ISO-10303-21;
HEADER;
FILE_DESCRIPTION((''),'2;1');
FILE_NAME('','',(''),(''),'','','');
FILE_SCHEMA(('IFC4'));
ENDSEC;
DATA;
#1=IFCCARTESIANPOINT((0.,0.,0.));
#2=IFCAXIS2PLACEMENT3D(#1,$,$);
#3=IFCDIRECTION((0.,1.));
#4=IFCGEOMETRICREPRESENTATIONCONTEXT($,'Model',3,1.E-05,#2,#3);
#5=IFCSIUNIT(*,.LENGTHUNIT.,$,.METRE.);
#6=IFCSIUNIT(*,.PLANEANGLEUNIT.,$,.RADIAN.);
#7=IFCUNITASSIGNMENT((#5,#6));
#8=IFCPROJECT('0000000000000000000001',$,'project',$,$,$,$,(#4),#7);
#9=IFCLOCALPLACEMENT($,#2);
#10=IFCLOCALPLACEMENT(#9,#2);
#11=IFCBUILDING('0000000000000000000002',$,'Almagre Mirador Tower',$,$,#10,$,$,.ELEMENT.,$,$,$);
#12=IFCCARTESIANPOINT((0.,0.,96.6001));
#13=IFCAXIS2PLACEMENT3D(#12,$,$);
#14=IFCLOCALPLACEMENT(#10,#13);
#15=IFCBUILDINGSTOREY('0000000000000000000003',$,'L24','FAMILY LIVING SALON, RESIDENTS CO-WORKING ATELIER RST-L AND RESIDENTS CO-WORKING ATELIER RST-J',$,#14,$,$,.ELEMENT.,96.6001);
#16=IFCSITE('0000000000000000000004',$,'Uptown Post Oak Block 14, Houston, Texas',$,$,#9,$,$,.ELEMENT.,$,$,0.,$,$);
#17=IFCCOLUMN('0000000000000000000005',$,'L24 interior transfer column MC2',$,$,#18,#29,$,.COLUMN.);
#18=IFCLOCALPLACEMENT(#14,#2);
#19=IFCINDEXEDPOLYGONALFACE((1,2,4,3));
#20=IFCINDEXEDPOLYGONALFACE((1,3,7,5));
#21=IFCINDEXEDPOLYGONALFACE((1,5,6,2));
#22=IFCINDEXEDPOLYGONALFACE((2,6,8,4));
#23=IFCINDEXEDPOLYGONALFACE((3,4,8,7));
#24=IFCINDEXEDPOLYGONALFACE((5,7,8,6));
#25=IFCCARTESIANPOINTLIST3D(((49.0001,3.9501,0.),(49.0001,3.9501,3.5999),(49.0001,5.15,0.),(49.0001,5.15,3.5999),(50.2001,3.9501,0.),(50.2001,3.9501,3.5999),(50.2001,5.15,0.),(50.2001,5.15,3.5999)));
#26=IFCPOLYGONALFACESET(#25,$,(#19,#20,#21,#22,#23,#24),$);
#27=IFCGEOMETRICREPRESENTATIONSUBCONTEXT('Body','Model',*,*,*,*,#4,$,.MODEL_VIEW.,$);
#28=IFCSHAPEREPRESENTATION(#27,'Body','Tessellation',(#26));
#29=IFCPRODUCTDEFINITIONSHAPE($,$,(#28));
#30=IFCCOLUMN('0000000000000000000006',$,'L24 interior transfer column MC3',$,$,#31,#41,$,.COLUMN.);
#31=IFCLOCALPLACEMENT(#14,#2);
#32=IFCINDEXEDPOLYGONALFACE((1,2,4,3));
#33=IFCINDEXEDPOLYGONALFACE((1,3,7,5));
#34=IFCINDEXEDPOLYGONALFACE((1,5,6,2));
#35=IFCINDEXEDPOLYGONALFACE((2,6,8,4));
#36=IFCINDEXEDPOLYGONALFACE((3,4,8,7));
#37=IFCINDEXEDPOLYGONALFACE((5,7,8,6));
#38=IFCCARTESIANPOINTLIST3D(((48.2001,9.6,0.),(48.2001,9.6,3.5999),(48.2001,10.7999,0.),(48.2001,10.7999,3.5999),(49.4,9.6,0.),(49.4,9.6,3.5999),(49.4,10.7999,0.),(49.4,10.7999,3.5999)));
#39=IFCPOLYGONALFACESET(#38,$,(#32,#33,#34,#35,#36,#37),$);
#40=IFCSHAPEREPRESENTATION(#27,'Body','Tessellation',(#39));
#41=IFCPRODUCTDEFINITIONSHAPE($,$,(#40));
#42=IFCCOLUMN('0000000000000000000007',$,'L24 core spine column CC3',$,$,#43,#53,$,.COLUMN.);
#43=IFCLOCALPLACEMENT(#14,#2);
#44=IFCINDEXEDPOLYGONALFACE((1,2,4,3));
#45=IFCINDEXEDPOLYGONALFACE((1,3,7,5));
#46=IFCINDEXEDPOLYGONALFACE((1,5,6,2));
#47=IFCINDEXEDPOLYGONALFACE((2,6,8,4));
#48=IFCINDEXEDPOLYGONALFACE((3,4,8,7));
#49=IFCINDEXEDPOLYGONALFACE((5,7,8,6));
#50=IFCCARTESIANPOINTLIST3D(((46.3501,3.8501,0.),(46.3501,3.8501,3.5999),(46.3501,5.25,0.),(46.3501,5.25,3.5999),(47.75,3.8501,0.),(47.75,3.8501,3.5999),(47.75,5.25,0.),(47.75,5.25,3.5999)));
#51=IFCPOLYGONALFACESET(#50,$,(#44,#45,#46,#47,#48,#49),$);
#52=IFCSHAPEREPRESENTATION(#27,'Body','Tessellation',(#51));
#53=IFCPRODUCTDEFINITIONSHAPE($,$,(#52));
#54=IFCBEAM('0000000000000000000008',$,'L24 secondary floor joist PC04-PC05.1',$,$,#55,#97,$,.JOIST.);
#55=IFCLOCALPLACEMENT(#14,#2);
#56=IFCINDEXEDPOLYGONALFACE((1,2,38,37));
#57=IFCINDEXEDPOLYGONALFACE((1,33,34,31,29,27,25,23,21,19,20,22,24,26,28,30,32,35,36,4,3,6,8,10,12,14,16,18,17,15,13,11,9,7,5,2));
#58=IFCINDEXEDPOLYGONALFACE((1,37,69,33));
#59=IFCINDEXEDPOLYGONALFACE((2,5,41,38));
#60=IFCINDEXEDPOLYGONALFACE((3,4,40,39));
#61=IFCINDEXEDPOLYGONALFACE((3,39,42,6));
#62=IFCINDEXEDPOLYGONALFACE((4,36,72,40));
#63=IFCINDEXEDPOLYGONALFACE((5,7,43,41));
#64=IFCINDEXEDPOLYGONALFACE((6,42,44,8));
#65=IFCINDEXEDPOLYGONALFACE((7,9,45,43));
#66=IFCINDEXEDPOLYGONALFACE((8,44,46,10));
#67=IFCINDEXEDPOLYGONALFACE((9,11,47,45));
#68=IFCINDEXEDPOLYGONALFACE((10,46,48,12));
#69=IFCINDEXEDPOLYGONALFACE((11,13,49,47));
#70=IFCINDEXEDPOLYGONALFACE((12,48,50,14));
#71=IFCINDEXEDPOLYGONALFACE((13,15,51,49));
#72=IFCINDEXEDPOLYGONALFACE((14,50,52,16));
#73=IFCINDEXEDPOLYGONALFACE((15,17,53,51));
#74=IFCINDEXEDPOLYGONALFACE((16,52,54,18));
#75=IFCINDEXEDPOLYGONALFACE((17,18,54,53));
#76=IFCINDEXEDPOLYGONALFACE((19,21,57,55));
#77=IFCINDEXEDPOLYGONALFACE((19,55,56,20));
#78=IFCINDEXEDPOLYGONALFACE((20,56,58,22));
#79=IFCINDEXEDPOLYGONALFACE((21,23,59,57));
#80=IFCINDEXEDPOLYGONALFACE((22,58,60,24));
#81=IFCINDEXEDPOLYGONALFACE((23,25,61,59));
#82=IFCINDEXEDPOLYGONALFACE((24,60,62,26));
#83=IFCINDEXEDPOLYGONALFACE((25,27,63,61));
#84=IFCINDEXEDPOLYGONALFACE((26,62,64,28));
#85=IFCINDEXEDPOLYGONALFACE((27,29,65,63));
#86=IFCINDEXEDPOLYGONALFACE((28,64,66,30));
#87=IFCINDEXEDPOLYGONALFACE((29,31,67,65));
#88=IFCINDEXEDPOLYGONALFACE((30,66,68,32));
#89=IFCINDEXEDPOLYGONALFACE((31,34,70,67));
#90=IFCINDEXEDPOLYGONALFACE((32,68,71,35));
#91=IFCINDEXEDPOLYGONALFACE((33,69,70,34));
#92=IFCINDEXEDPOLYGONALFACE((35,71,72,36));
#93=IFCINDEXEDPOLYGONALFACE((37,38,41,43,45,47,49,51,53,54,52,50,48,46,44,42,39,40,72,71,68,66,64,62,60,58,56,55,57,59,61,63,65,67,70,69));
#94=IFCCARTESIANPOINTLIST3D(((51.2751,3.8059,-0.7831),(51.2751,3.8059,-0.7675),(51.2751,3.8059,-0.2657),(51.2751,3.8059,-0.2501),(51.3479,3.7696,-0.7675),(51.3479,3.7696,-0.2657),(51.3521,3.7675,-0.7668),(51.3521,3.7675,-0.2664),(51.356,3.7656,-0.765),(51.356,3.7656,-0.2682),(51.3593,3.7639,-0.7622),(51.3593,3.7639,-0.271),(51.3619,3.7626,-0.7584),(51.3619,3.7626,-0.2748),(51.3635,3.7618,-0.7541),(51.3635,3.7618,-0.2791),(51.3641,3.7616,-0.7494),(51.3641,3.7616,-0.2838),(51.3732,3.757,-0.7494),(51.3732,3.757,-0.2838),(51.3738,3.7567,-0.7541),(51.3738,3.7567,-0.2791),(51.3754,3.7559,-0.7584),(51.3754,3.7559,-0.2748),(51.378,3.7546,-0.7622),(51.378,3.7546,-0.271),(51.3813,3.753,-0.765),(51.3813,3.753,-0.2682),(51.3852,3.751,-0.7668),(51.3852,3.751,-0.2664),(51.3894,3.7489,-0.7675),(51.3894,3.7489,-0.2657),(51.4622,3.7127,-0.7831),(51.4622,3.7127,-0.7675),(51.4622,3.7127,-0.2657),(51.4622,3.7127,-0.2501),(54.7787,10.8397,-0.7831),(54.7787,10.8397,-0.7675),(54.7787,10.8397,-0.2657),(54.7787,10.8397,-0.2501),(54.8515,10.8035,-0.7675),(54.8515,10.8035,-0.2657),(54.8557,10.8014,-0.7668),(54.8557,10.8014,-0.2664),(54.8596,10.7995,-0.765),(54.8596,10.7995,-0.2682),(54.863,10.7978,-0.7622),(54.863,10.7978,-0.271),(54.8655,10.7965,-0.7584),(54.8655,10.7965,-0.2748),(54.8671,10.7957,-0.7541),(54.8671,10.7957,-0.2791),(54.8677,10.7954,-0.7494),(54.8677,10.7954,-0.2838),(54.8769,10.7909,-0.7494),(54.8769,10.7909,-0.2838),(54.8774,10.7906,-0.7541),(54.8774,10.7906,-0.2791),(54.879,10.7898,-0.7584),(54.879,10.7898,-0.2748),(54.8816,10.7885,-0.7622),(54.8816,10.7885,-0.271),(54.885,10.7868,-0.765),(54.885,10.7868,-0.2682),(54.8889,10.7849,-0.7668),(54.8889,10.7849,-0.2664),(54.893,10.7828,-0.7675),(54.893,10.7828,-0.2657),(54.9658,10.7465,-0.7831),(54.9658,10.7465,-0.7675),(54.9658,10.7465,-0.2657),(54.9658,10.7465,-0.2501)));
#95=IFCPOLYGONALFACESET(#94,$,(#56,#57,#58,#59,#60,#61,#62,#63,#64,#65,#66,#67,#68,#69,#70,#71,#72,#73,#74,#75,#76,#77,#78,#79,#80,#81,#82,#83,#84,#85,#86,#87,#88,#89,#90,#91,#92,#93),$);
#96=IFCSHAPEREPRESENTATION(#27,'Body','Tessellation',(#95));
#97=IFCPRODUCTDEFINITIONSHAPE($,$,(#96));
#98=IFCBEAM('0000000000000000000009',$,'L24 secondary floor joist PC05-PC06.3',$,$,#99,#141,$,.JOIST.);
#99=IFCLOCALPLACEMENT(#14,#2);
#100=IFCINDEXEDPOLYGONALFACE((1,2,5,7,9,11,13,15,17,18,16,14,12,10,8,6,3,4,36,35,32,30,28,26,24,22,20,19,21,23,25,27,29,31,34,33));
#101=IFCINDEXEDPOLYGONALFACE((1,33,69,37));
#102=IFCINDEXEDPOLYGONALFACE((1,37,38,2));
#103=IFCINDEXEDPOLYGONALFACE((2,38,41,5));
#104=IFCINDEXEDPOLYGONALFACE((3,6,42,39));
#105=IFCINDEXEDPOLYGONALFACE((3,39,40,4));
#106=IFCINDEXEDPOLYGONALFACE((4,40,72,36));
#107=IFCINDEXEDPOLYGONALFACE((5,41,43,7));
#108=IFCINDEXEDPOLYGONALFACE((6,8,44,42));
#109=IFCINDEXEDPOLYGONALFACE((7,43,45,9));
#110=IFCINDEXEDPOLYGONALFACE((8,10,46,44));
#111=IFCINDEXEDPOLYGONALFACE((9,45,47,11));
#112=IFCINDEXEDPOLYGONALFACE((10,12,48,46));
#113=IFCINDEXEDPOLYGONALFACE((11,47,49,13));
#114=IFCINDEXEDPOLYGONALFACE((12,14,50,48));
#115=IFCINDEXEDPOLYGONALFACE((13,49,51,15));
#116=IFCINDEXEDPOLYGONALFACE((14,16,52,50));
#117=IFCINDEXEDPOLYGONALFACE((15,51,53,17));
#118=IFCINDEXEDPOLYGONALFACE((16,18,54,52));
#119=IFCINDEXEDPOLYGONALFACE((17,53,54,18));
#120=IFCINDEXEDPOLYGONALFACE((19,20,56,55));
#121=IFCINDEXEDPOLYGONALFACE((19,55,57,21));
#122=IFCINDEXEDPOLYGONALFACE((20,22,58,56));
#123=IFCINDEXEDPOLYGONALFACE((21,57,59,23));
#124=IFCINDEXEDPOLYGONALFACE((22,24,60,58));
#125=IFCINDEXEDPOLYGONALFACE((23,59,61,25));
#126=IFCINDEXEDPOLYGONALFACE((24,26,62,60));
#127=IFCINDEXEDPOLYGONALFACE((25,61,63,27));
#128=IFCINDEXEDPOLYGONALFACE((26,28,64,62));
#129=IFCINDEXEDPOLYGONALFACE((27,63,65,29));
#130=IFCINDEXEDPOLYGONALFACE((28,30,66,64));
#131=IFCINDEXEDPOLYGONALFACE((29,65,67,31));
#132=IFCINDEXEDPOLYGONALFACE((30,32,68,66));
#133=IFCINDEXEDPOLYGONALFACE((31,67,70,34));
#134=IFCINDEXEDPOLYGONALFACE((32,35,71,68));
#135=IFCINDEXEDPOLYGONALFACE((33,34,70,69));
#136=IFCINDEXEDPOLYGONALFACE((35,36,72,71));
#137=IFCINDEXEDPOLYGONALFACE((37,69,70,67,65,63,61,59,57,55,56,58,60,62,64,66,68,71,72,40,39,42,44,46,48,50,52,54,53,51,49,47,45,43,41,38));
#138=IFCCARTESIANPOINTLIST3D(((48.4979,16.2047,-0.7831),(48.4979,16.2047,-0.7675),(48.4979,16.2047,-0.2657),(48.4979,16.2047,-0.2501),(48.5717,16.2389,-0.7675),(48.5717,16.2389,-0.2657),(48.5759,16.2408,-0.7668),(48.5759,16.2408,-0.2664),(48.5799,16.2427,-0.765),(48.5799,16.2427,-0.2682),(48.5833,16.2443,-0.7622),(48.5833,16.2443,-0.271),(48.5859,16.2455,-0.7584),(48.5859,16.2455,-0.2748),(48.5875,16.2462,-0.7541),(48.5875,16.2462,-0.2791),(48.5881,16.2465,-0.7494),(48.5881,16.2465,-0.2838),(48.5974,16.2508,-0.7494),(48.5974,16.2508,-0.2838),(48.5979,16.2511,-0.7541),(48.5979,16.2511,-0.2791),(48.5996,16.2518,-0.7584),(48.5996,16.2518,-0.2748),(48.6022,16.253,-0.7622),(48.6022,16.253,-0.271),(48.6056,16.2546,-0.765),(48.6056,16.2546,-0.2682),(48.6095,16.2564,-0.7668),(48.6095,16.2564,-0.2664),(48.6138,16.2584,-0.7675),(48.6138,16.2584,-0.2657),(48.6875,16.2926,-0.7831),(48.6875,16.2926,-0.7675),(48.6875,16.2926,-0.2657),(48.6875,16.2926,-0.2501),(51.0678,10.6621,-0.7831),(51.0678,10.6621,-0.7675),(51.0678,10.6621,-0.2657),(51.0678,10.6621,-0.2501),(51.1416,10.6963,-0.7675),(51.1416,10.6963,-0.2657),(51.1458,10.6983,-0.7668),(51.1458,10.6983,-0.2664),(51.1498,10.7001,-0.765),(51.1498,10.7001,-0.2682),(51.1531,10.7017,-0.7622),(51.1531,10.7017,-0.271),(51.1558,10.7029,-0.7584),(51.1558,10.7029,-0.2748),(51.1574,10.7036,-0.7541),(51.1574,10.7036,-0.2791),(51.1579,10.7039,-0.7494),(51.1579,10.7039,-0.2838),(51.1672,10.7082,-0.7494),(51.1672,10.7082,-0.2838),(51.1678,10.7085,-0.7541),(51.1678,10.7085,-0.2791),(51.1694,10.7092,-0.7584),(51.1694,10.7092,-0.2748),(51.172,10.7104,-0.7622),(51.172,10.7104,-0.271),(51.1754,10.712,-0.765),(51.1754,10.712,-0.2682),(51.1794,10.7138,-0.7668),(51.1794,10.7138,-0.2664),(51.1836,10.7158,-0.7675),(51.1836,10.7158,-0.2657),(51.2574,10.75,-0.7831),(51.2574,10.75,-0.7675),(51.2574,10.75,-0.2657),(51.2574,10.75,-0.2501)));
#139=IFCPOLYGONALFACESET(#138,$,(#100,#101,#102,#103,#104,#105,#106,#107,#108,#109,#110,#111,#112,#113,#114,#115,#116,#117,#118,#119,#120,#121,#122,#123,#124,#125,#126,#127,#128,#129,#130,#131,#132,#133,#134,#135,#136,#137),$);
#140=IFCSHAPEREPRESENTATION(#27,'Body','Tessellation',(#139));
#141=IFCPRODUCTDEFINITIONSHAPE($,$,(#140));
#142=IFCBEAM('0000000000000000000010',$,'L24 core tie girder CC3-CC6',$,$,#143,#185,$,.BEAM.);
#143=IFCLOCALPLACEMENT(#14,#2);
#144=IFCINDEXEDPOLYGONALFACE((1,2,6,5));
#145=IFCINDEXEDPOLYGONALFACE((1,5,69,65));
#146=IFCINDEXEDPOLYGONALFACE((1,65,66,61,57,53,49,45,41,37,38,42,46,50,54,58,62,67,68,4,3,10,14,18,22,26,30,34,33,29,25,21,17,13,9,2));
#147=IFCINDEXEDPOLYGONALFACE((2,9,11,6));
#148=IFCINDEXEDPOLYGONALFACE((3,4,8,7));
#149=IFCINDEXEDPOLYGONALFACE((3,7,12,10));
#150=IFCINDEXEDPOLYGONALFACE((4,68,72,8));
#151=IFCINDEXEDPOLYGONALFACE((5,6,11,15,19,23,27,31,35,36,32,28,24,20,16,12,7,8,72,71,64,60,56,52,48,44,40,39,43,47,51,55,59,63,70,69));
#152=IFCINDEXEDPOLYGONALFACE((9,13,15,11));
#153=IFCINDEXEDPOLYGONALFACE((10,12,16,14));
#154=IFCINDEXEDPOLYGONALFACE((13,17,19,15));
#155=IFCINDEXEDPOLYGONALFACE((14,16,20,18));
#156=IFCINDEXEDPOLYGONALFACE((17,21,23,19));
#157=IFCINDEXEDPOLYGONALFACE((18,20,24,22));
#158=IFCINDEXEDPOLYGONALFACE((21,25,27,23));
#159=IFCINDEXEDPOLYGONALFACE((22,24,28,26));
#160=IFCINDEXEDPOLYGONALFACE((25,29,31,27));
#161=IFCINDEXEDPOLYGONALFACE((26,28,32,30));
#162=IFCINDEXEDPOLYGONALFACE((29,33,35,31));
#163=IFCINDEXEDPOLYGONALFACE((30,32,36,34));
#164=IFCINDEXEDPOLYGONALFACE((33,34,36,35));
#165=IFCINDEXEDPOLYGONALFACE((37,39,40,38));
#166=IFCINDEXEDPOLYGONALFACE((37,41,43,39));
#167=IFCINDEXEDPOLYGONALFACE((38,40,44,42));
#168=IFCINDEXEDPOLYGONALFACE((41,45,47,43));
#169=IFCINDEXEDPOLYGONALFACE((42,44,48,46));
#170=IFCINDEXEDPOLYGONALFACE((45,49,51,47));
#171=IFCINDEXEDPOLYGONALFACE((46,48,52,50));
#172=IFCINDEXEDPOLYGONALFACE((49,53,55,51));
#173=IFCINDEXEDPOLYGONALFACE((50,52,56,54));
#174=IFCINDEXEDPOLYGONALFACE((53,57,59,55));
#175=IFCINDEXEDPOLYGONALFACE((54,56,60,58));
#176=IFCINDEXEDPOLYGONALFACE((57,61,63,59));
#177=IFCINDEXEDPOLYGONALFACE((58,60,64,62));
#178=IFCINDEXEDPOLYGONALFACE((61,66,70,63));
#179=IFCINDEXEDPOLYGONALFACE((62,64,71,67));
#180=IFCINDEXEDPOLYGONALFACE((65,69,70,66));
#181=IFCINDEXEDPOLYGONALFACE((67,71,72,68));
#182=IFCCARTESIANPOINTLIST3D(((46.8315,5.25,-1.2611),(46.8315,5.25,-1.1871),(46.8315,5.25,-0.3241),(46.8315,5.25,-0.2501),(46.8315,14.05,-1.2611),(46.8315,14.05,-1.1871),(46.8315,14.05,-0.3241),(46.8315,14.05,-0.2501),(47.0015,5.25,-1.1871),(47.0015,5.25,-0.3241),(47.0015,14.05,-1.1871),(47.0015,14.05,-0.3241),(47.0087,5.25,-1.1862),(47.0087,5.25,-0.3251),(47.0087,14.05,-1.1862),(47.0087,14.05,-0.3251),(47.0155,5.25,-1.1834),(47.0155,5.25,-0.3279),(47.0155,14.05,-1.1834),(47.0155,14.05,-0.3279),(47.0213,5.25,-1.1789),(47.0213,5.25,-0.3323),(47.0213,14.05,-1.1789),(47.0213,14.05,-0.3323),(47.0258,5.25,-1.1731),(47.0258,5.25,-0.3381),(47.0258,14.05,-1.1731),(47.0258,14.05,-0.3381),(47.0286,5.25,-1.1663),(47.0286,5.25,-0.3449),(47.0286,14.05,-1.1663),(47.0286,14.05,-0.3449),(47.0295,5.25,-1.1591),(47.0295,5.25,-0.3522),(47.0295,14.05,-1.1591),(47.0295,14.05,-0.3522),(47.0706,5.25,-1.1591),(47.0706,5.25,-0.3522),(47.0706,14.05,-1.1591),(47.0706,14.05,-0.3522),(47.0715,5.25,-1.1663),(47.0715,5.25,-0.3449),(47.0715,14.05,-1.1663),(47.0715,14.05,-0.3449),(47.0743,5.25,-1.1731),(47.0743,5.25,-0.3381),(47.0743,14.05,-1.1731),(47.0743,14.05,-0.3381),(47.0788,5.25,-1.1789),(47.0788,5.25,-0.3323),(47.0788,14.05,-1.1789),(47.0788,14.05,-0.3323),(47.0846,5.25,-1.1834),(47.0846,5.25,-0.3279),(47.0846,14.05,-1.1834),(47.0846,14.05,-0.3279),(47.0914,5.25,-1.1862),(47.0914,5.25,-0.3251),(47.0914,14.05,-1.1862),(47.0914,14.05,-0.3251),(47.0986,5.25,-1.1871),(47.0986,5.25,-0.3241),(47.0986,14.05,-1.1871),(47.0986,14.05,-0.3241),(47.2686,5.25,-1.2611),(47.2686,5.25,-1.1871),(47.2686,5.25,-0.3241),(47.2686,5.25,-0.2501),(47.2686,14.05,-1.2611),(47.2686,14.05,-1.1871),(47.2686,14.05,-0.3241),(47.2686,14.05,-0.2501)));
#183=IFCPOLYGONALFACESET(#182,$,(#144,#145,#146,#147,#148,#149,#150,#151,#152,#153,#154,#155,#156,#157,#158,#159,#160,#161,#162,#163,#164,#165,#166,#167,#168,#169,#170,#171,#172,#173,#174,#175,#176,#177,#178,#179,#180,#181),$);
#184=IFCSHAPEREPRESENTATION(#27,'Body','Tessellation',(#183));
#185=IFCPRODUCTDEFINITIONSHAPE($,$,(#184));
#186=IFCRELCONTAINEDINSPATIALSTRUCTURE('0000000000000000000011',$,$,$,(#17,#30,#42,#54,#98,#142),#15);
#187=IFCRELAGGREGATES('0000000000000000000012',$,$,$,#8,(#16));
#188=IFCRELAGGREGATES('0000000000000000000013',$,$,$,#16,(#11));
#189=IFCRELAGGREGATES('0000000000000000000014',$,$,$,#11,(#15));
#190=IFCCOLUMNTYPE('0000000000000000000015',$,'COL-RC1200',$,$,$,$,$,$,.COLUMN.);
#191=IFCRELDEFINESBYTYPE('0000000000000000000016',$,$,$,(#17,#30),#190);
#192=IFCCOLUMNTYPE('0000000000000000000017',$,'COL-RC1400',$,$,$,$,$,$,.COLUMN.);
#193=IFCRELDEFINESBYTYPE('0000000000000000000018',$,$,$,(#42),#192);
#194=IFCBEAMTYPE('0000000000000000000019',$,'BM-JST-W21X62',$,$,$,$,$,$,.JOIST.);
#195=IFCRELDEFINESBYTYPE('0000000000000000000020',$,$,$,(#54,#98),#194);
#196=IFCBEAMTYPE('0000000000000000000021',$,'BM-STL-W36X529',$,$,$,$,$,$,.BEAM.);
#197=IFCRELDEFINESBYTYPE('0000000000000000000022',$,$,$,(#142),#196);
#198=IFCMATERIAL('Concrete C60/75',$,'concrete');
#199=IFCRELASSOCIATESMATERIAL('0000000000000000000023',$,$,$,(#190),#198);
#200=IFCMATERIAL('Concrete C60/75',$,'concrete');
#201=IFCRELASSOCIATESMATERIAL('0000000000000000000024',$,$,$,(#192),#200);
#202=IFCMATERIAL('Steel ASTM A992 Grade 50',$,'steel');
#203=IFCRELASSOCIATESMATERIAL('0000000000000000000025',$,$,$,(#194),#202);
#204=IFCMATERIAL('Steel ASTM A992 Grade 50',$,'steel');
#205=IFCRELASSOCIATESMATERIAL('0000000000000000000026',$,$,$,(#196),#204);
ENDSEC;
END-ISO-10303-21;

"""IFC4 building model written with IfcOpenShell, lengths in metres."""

from ifc_helpers import new_model, si_unit, direction, frame, origin, origin_2d, place, context, subcontext, project, spatial, rectangle, i_section, extrude, material, material_profile, profile_set, type_object, element, save


model = new_model("IFC4")

# Units and contexts
model_context = context("Model", 3, precision=1e-05, world=origin(), true_north=direction((0.0, 1.0)))
body_context = subcontext(model_context, "Body", "Model", "MODEL_VIEW")
ifc_project = project(units=[si_unit("LENGTHUNIT", "METRE"), si_unit("PLANEANGLEUNIT", "RADIAN")], contexts=[model_context])

# Site, building, storey
site_placement = place(None, origin())
site = spatial("IfcSite", under=ifc_project, at=site_placement, Name="Uptown Post Oak Block 14, Houston, Texas", CompositionType="ELEMENT", RefElevation=0.0)
building_placement = place(site_placement, origin())
building = spatial("IfcBuilding", under=site, at=building_placement, Name="Almagre Mirador Tower", CompositionType="ELEMENT")
storey_placement = place(building_placement, frame((0.0, 0.0, 96.6001)))
storey = spatial("IfcBuildingStorey", under=building, at=storey_placement, Name="L24", Description="FAMILY LIVING SALON, RESIDENTS CO-WORKING ATELIER RST-L AND RESIDENTS CO-WORKING ATELIER RST-J", CompositionType="ELEMENT", Elevation=96.6001)

# Columns
ifc_material_1 = material(Name="Concrete C60/75", Category="concrete")
ifc_material_profile_1 = material_profile(ifc_material_1, rectangle(XDim=1.2, YDim=1.2, at=origin_2d()), Name="RC1200X1200")
ifc_profile_set_1 = profile_set([ifc_material_profile_1], Name="Concrete C60/75")
column_type_1 = type_object("IfcColumnType", Name="COL-RC1200", PredefinedType="COLUMN", material=ifc_profile_set_1)
for number, where, z_axis, x_axis, name in (
    (1, (49.6001, 4.55, 0.0), (0.0, 0.0, 1.0), (1.0, 0.0, 0.0), "L24 interior transfer column MC2"),
    (2, (48.8, 10.2, 0.0), (0.0, 0.0, 1.0), (1.0, 0.0, 0.0), "L24 interior transfer column MC3"),
):
    element("IfcColumn", number, at=place(storey_placement, frame(where, z_axis=z_axis, x_axis=x_axis)), inside=storey, type_object=column_type_1, Name=name, PredefinedType="COLUMN", context=body_context, shape_type="SweptSolid", body=[
        extrude(rectangle(XDim=1.2, YDim=1.2, at=origin_2d()), origin(), (0.0, 0.0, 1.0), 3.5999),
    ])
ifc_material_2 = material(Name="Concrete C60/75", Category="concrete")
ifc_material_profile_2 = material_profile(ifc_material_2, rectangle(XDim=1.3999, YDim=1.3999, at=origin_2d()), Name="RC1400X1400")
ifc_profile_set_2 = profile_set([ifc_material_profile_2], Name="Concrete C60/75")
column_type_2 = type_object("IfcColumnType", Name="COL-RC1400", PredefinedType="COLUMN", material=ifc_profile_set_2)
column_placement = place(storey_placement, frame((47.05, 4.55, 0.0), z_axis=(0.0, 0.0, 1.0), x_axis=(1.0, 0.0, 0.0)))
element("IfcColumn", 3, at=column_placement, inside=storey, type_object=column_type_2, Name="L24 core spine column CC3", PredefinedType="COLUMN", context=body_context, shape_type="SweptSolid", body=[
    extrude(rectangle(XDim=1.3999, YDim=1.3999, at=origin_2d()), origin(), (0.0, 0.0, 1.0), 3.5999),
])

# Beams
ifc_material_3 = material(Name="Steel ASTM A992 Grade 50", Category="steel")
ifc_material_profile_3 = material_profile(ifc_material_3, i_section(OverallWidth=0.209, OverallDepth=0.533, WebThickness=0.0103, FlangeThickness=0.0156, FilletRadius=0.0181, at=origin_2d()), Name="W21X62")
ifc_profile_set_3 = profile_set([ifc_material_profile_3], Name="Steel ASTM A992 Grade 50")
beam_type_1 = type_object("IfcBeamType", Name="BM-JST-W21X62", PredefinedType="JOIST", material=ifc_profile_set_3)
beam_1_placement = place(storey_placement, frame((51.3687, 3.7593, -0.5166), z_axis=(0.445859, 0.895103, 0.0), x_axis=(-0.895103, 0.445859, 0.0)))
element("IfcBeam", 4, at=beam_1_placement, inside=storey, type_object=beam_type_1, Name="L24 secondary floor joist PC04-PC05.1", PredefinedType="JOIST", context=body_context, shape_type="SweptSolid", body=[
    extrude(i_section(OverallWidth=0.209, OverallDepth=0.533, WebThickness=0.0103, FlangeThickness=0.0156, FilletRadius=0.0181, at=origin_2d()), origin(), (0.0, 0.0, 1.0), 7.8582),
])
beam_2_placement = place(storey_placement, frame((51.1626, 10.7061, -0.5166), z_axis=(-0.420644, 0.907226, 0.0), x_axis=(-0.907226, -0.420644, 0.0)))
element("IfcBeam", 5, at=beam_2_placement, inside=storey, type_object=beam_type_1, Name="L24 secondary floor joist PC05-PC06.3", PredefinedType="JOIST", context=body_context, shape_type="SweptSolid", body=[
    extrude(i_section(OverallWidth=0.209, OverallDepth=0.533, WebThickness=0.0103, FlangeThickness=0.0156, FilletRadius=0.0181, at=origin_2d()), origin(), (0.0, 0.0, 1.0), 6.1094),
])
ifc_material_4 = material(Name="Steel ASTM A992 Grade 50", Category="steel")
ifc_material_profile_4 = material_profile(ifc_material_4, i_section(OverallWidth=0.437, OverallDepth=1.011, WebThickness=0.041, FlangeThickness=0.074, FilletRadius=0.0281, at=origin_2d()), Name="W36X529")
ifc_profile_set_4 = profile_set([ifc_material_profile_4], Name="Steel ASTM A992 Grade 50")
beam_type_2 = type_object("IfcBeamType", Name="BM-STL-W36X529", PredefinedType="BEAM", material=ifc_profile_set_4)
beam_3_placement = place(storey_placement, frame((47.05, 5.25, -0.7556), z_axis=(0.0, 1.0, 0.0), x_axis=(-1.0, 0.0, 0.0)))
element("IfcBeam", 6, at=beam_3_placement, inside=storey, type_object=beam_type_2, Name="L24 core tie girder CC3-CC6", PredefinedType="BEAM", context=body_context, shape_type="SweptSolid", body=[
    extrude(i_section(OverallWidth=0.437, OverallDepth=1.011, WebThickness=0.041, FlangeThickness=0.074, FilletRadius=0.0281, at=origin_2d()), origin(), (0.0, 0.0, 1.0), 8.8),
])

save(model, "model.ifc")
